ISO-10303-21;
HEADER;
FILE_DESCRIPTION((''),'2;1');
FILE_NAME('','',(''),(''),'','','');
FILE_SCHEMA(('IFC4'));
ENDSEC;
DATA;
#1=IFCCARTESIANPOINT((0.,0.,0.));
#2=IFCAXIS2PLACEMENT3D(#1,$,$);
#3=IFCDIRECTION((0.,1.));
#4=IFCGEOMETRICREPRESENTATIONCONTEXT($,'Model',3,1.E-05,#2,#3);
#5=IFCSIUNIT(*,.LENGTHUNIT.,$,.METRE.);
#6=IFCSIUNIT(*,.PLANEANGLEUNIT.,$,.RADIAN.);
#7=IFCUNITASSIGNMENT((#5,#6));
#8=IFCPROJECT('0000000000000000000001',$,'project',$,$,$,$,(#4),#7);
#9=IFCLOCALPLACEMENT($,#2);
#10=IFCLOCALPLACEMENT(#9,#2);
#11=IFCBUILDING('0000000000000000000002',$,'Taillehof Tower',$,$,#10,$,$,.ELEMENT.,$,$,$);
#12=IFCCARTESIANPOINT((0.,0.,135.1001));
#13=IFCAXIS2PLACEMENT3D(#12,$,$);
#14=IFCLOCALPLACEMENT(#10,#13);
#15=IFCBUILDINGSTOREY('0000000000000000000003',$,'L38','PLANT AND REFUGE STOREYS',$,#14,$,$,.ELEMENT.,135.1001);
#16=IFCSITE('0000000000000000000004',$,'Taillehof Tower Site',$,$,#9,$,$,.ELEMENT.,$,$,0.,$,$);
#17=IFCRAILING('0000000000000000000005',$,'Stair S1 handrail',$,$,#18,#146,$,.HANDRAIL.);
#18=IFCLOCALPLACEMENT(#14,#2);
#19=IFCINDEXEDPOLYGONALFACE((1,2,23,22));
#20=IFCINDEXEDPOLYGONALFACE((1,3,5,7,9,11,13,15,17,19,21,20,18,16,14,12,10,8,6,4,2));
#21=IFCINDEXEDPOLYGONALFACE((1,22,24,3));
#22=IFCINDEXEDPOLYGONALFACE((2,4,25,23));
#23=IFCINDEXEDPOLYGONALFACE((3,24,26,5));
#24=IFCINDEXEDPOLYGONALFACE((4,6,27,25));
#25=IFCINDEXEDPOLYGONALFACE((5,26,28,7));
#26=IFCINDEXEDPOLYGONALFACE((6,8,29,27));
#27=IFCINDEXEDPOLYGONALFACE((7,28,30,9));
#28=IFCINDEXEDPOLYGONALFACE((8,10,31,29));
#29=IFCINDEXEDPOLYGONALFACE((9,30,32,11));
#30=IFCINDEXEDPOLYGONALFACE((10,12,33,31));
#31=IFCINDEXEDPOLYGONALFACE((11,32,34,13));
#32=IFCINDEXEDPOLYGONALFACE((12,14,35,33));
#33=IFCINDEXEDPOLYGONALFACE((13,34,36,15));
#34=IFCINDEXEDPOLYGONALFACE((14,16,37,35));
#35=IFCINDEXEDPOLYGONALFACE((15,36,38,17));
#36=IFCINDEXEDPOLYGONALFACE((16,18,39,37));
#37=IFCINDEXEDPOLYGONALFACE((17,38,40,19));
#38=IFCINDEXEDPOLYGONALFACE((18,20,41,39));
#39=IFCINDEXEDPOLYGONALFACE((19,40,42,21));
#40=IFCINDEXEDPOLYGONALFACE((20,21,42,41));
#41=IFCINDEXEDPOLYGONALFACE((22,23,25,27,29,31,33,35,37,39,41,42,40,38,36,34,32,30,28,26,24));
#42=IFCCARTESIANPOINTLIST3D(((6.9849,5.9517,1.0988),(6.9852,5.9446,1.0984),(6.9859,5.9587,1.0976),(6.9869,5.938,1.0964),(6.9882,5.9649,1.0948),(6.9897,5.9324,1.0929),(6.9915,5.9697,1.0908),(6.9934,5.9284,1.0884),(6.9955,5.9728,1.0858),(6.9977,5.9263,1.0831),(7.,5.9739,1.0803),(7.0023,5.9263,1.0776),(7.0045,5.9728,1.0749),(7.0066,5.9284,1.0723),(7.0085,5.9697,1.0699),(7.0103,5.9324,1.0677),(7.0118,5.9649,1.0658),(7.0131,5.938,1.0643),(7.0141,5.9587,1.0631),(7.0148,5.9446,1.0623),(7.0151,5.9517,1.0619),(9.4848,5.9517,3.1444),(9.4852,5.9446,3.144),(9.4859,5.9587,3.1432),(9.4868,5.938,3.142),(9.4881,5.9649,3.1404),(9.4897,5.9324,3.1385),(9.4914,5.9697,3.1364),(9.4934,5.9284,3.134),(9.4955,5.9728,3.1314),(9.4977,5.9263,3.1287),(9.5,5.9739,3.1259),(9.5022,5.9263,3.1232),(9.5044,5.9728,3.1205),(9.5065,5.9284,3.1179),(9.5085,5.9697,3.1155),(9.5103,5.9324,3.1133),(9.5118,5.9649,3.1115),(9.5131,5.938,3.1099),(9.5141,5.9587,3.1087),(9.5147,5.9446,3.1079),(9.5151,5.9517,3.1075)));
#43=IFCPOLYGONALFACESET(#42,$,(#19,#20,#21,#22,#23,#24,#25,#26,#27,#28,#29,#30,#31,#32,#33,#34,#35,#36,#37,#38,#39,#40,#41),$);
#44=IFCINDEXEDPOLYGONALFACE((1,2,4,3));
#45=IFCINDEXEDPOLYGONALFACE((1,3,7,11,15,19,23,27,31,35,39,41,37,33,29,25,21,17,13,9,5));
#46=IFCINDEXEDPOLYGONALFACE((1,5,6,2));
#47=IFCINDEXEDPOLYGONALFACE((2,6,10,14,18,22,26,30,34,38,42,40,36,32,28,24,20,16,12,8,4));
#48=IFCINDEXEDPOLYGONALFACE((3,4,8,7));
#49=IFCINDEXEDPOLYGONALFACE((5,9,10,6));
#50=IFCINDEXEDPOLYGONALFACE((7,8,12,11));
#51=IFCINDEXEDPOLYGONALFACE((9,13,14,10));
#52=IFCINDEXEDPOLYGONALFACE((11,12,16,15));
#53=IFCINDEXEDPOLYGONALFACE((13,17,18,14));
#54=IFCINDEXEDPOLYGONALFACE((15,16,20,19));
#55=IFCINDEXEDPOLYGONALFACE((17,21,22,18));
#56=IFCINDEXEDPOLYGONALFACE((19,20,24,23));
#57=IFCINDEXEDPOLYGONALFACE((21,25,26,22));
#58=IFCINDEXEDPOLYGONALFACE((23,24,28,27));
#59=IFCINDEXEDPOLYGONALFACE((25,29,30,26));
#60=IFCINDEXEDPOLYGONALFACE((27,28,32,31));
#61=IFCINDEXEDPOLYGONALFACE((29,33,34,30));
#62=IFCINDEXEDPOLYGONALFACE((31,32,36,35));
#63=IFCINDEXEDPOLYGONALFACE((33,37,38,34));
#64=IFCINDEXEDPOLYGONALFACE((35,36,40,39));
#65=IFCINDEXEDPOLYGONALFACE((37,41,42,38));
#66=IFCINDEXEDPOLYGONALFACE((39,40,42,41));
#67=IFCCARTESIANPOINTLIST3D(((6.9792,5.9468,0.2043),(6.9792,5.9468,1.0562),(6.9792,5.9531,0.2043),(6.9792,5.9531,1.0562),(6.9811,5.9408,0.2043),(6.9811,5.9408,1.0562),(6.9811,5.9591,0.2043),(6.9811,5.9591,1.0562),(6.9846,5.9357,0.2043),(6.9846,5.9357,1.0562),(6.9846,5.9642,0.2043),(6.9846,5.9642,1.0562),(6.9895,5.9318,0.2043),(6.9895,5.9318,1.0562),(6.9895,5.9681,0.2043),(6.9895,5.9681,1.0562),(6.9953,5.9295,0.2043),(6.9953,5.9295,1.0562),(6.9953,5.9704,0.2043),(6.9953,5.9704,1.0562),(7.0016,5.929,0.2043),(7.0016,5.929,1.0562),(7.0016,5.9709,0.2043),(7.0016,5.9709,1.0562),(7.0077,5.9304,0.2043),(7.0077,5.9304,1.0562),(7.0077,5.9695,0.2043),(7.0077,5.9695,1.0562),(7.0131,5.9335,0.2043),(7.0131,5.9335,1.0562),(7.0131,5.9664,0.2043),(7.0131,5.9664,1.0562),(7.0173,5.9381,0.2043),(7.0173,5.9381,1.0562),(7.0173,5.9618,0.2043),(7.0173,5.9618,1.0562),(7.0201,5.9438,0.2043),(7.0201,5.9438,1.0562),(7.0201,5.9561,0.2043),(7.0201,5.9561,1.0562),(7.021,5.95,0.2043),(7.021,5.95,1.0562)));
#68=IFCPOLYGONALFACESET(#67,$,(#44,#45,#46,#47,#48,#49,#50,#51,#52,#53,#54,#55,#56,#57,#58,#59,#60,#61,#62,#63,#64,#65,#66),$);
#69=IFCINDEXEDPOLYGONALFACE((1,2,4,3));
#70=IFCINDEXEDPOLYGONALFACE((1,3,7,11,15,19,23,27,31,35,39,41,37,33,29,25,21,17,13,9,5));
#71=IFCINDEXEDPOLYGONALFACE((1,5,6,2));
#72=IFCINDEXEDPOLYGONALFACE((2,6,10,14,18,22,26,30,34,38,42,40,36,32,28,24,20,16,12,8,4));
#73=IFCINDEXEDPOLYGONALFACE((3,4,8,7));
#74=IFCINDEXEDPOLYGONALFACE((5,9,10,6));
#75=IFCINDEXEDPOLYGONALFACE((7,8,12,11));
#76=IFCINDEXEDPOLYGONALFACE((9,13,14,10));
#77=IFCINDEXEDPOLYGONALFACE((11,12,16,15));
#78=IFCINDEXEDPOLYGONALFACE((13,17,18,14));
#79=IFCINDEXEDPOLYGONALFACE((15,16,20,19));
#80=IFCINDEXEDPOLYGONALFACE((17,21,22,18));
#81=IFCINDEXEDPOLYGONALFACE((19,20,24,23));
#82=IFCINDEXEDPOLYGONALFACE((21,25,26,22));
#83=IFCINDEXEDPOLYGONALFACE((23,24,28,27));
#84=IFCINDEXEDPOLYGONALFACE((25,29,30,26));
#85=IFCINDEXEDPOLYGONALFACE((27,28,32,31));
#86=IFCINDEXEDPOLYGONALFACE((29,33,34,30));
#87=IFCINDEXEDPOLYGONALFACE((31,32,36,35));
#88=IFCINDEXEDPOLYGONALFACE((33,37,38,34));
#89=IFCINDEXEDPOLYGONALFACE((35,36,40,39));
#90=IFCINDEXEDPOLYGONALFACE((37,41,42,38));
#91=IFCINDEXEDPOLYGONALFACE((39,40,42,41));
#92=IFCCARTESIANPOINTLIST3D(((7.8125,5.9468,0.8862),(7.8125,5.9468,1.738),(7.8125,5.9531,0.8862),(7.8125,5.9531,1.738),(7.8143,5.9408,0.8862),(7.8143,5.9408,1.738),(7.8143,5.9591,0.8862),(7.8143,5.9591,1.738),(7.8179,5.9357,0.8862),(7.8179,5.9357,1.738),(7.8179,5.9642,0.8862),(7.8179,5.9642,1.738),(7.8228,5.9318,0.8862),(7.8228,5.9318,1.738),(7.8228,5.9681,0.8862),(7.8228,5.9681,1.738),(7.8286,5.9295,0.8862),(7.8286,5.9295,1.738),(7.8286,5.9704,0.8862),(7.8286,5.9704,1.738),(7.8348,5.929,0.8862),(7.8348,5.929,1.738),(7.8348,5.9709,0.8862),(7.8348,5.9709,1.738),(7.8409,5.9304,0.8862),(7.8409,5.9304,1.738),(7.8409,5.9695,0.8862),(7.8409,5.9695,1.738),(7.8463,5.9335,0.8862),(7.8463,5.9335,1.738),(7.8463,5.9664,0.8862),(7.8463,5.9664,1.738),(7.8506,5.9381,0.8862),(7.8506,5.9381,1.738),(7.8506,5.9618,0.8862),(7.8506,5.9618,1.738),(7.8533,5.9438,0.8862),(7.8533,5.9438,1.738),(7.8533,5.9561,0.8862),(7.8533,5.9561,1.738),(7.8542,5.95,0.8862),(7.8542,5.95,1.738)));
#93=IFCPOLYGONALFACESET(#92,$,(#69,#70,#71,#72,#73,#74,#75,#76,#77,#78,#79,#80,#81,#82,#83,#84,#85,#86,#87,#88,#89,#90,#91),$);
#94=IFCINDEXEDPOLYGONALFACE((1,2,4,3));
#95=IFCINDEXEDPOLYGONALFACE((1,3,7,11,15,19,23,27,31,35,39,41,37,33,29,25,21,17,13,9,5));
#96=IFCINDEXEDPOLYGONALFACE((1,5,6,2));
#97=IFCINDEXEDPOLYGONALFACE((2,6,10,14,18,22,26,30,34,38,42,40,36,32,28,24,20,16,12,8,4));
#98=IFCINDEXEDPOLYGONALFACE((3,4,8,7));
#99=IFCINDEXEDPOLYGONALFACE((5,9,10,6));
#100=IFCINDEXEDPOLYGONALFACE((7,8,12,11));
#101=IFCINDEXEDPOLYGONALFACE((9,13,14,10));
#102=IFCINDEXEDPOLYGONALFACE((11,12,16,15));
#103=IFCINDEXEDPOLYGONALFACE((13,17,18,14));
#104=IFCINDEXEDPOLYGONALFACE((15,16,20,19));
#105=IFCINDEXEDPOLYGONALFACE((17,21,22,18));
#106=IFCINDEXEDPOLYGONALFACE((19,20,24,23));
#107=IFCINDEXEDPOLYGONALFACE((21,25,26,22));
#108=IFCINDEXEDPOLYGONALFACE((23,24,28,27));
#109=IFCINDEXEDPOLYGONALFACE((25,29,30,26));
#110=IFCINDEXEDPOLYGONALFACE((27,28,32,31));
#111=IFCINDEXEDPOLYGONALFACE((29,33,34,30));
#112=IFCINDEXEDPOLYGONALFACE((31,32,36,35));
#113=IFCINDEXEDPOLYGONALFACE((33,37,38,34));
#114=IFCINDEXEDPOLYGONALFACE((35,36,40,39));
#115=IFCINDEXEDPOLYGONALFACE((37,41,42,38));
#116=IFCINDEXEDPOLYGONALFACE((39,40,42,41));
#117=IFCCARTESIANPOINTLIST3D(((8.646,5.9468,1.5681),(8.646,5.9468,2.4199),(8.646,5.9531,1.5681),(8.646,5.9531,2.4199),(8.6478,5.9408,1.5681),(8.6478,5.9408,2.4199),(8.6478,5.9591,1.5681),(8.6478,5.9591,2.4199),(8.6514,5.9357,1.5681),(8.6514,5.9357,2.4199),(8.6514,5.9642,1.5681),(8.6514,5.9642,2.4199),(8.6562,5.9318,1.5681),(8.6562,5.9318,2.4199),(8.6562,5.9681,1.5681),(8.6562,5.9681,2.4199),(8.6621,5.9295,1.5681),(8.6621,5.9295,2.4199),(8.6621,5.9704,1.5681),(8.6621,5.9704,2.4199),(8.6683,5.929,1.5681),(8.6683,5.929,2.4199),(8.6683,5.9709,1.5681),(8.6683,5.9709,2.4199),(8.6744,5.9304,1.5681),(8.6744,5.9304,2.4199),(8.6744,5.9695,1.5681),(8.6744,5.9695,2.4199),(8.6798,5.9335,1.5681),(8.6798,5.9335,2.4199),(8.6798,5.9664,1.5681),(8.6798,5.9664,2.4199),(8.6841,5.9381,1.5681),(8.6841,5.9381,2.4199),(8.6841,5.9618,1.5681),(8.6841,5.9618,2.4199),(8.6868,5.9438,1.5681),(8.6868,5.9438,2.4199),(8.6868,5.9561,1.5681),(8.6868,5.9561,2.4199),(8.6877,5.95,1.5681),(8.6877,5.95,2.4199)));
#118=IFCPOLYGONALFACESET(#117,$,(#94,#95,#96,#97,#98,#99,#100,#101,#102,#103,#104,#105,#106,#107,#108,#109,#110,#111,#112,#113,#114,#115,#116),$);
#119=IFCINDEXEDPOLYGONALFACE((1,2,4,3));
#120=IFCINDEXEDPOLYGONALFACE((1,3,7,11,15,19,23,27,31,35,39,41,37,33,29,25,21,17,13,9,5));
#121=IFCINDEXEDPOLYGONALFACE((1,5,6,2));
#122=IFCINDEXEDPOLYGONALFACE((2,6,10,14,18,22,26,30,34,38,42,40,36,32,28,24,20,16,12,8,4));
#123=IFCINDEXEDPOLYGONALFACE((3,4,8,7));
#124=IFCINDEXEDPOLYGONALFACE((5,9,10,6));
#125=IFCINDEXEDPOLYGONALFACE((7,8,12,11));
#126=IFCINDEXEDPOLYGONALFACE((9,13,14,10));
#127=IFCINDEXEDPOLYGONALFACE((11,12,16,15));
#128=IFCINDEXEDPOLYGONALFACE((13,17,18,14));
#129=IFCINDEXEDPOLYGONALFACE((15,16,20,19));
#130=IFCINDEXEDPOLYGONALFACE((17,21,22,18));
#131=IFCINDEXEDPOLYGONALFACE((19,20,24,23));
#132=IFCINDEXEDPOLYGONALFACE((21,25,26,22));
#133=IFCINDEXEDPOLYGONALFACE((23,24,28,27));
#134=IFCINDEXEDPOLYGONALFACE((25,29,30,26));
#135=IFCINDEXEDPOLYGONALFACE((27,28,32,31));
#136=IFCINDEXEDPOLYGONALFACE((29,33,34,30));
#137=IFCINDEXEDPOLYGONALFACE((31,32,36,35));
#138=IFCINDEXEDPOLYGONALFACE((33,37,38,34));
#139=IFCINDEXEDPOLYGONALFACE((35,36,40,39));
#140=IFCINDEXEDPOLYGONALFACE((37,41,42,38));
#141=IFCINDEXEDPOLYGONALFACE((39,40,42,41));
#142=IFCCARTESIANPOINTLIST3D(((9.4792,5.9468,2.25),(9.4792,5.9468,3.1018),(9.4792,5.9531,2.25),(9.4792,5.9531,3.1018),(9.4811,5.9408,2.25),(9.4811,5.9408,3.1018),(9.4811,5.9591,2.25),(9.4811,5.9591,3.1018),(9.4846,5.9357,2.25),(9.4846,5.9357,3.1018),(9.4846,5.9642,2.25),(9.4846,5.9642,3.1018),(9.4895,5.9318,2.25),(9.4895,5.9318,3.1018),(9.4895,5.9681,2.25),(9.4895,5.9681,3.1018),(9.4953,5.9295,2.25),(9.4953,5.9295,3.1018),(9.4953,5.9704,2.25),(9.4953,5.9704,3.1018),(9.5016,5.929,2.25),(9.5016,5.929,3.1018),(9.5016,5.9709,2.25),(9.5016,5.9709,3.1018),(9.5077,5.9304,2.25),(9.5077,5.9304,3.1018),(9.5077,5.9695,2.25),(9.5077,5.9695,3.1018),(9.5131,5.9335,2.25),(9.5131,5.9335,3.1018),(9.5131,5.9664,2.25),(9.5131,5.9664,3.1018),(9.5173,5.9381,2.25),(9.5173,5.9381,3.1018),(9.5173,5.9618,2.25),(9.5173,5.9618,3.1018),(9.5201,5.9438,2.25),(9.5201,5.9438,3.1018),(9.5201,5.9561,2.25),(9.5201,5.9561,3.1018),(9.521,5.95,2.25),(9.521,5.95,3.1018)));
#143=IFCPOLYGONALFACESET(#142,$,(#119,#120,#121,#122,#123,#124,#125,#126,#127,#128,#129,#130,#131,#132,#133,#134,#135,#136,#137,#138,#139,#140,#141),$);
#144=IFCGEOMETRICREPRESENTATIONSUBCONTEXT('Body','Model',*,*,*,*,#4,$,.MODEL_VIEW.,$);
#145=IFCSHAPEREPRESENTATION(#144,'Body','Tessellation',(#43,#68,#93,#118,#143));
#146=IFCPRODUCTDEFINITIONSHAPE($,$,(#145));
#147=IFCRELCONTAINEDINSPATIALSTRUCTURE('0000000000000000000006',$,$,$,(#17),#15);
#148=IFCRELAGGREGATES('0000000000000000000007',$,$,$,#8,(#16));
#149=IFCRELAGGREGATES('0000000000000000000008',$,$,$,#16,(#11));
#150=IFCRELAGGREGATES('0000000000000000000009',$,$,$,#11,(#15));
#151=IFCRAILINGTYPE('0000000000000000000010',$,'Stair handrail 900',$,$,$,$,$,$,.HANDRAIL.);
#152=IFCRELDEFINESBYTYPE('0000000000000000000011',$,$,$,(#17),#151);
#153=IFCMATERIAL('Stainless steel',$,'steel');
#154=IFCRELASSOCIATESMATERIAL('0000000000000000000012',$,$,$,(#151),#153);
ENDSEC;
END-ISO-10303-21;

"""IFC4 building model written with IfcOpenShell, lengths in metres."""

from ifc_helpers import new_model, si_unit, direction, frame, origin, origin_2d, place, context, subcontext, project, spatial, circle, extrude, material, type_object, element, save


model = new_model("IFC4")

# Units and contexts
model_context = context("Model", 3, precision=1e-05, world=origin(), true_north=direction((0.0, 1.0)))
body_context = subcontext(model_context, "Body", "Model", "MODEL_VIEW")
ifc_project = project(units=[si_unit("LENGTHUNIT", "METRE"), si_unit("PLANEANGLEUNIT", "RADIAN")], contexts=[model_context])

# Site, building, storey
site_placement = place(None, origin())
site = spatial("IfcSite", under=ifc_project, at=site_placement, Name="Taillehof Tower Site", CompositionType="ELEMENT", RefElevation=0.0)
building_placement = place(site_placement, origin())
building = spatial("IfcBuilding", under=site, at=building_placement, Name="Taillehof Tower", CompositionType="ELEMENT")
storey_placement = place(building_placement, frame((0.0, 0.0, 135.1001)))
storey = spatial("IfcBuildingStorey", under=building, at=storey_placement, Name="L38", Description="PLANT AND REFUGE STOREYS", CompositionType="ELEMENT", Elevation=135.1001)

# Railing
ifc_material_1 = material(Name="Stainless steel", Category="steel")
railing_type = type_object("IfcRailingType", Name="Stair handrail 900", PredefinedType="HANDRAIL", material=ifc_material_1)
railing_1_placement = place(storey_placement, frame((7.0, 5.95, 0.2043)))
element("IfcRailing", 1, at=railing_1_placement, inside=storey, type_object=railing_type, Name="Stair S1 handrail", PredefinedType="HANDRAIL", context=body_context, shape_type="SweptSolid", body=[
    extrude(circle(Radius=0.0239, at=origin_2d()), frame((0.0, 0.0, 0.876), z_axis=(0.773927, 0.0, 0.633275), x_axis=(0.0, 1.0, 0.0)), (0.0, 0.0, 1.0), 3.2302),
    extrude(circle(Radius=0.021, at=origin_2d()), origin(), (0.0, 0.0, 1.0), 0.8518),
    extrude(circle(Radius=0.021, at=origin_2d()), frame((0.8333, 0.0, 0.6819)), (0.0, 0.0, 1.0), 0.8518),
    extrude(circle(Radius=0.021, at=origin_2d()), frame((1.6667, 0.0, 1.3638)), (0.0, 0.0, 1.0), 0.8518),
    extrude(circle(Radius=0.021, at=origin_2d()), frame((2.5, 0.0, 2.0457)), (0.0, 0.0, 1.0), 0.8518),
])

save(model, "model.ifc")
